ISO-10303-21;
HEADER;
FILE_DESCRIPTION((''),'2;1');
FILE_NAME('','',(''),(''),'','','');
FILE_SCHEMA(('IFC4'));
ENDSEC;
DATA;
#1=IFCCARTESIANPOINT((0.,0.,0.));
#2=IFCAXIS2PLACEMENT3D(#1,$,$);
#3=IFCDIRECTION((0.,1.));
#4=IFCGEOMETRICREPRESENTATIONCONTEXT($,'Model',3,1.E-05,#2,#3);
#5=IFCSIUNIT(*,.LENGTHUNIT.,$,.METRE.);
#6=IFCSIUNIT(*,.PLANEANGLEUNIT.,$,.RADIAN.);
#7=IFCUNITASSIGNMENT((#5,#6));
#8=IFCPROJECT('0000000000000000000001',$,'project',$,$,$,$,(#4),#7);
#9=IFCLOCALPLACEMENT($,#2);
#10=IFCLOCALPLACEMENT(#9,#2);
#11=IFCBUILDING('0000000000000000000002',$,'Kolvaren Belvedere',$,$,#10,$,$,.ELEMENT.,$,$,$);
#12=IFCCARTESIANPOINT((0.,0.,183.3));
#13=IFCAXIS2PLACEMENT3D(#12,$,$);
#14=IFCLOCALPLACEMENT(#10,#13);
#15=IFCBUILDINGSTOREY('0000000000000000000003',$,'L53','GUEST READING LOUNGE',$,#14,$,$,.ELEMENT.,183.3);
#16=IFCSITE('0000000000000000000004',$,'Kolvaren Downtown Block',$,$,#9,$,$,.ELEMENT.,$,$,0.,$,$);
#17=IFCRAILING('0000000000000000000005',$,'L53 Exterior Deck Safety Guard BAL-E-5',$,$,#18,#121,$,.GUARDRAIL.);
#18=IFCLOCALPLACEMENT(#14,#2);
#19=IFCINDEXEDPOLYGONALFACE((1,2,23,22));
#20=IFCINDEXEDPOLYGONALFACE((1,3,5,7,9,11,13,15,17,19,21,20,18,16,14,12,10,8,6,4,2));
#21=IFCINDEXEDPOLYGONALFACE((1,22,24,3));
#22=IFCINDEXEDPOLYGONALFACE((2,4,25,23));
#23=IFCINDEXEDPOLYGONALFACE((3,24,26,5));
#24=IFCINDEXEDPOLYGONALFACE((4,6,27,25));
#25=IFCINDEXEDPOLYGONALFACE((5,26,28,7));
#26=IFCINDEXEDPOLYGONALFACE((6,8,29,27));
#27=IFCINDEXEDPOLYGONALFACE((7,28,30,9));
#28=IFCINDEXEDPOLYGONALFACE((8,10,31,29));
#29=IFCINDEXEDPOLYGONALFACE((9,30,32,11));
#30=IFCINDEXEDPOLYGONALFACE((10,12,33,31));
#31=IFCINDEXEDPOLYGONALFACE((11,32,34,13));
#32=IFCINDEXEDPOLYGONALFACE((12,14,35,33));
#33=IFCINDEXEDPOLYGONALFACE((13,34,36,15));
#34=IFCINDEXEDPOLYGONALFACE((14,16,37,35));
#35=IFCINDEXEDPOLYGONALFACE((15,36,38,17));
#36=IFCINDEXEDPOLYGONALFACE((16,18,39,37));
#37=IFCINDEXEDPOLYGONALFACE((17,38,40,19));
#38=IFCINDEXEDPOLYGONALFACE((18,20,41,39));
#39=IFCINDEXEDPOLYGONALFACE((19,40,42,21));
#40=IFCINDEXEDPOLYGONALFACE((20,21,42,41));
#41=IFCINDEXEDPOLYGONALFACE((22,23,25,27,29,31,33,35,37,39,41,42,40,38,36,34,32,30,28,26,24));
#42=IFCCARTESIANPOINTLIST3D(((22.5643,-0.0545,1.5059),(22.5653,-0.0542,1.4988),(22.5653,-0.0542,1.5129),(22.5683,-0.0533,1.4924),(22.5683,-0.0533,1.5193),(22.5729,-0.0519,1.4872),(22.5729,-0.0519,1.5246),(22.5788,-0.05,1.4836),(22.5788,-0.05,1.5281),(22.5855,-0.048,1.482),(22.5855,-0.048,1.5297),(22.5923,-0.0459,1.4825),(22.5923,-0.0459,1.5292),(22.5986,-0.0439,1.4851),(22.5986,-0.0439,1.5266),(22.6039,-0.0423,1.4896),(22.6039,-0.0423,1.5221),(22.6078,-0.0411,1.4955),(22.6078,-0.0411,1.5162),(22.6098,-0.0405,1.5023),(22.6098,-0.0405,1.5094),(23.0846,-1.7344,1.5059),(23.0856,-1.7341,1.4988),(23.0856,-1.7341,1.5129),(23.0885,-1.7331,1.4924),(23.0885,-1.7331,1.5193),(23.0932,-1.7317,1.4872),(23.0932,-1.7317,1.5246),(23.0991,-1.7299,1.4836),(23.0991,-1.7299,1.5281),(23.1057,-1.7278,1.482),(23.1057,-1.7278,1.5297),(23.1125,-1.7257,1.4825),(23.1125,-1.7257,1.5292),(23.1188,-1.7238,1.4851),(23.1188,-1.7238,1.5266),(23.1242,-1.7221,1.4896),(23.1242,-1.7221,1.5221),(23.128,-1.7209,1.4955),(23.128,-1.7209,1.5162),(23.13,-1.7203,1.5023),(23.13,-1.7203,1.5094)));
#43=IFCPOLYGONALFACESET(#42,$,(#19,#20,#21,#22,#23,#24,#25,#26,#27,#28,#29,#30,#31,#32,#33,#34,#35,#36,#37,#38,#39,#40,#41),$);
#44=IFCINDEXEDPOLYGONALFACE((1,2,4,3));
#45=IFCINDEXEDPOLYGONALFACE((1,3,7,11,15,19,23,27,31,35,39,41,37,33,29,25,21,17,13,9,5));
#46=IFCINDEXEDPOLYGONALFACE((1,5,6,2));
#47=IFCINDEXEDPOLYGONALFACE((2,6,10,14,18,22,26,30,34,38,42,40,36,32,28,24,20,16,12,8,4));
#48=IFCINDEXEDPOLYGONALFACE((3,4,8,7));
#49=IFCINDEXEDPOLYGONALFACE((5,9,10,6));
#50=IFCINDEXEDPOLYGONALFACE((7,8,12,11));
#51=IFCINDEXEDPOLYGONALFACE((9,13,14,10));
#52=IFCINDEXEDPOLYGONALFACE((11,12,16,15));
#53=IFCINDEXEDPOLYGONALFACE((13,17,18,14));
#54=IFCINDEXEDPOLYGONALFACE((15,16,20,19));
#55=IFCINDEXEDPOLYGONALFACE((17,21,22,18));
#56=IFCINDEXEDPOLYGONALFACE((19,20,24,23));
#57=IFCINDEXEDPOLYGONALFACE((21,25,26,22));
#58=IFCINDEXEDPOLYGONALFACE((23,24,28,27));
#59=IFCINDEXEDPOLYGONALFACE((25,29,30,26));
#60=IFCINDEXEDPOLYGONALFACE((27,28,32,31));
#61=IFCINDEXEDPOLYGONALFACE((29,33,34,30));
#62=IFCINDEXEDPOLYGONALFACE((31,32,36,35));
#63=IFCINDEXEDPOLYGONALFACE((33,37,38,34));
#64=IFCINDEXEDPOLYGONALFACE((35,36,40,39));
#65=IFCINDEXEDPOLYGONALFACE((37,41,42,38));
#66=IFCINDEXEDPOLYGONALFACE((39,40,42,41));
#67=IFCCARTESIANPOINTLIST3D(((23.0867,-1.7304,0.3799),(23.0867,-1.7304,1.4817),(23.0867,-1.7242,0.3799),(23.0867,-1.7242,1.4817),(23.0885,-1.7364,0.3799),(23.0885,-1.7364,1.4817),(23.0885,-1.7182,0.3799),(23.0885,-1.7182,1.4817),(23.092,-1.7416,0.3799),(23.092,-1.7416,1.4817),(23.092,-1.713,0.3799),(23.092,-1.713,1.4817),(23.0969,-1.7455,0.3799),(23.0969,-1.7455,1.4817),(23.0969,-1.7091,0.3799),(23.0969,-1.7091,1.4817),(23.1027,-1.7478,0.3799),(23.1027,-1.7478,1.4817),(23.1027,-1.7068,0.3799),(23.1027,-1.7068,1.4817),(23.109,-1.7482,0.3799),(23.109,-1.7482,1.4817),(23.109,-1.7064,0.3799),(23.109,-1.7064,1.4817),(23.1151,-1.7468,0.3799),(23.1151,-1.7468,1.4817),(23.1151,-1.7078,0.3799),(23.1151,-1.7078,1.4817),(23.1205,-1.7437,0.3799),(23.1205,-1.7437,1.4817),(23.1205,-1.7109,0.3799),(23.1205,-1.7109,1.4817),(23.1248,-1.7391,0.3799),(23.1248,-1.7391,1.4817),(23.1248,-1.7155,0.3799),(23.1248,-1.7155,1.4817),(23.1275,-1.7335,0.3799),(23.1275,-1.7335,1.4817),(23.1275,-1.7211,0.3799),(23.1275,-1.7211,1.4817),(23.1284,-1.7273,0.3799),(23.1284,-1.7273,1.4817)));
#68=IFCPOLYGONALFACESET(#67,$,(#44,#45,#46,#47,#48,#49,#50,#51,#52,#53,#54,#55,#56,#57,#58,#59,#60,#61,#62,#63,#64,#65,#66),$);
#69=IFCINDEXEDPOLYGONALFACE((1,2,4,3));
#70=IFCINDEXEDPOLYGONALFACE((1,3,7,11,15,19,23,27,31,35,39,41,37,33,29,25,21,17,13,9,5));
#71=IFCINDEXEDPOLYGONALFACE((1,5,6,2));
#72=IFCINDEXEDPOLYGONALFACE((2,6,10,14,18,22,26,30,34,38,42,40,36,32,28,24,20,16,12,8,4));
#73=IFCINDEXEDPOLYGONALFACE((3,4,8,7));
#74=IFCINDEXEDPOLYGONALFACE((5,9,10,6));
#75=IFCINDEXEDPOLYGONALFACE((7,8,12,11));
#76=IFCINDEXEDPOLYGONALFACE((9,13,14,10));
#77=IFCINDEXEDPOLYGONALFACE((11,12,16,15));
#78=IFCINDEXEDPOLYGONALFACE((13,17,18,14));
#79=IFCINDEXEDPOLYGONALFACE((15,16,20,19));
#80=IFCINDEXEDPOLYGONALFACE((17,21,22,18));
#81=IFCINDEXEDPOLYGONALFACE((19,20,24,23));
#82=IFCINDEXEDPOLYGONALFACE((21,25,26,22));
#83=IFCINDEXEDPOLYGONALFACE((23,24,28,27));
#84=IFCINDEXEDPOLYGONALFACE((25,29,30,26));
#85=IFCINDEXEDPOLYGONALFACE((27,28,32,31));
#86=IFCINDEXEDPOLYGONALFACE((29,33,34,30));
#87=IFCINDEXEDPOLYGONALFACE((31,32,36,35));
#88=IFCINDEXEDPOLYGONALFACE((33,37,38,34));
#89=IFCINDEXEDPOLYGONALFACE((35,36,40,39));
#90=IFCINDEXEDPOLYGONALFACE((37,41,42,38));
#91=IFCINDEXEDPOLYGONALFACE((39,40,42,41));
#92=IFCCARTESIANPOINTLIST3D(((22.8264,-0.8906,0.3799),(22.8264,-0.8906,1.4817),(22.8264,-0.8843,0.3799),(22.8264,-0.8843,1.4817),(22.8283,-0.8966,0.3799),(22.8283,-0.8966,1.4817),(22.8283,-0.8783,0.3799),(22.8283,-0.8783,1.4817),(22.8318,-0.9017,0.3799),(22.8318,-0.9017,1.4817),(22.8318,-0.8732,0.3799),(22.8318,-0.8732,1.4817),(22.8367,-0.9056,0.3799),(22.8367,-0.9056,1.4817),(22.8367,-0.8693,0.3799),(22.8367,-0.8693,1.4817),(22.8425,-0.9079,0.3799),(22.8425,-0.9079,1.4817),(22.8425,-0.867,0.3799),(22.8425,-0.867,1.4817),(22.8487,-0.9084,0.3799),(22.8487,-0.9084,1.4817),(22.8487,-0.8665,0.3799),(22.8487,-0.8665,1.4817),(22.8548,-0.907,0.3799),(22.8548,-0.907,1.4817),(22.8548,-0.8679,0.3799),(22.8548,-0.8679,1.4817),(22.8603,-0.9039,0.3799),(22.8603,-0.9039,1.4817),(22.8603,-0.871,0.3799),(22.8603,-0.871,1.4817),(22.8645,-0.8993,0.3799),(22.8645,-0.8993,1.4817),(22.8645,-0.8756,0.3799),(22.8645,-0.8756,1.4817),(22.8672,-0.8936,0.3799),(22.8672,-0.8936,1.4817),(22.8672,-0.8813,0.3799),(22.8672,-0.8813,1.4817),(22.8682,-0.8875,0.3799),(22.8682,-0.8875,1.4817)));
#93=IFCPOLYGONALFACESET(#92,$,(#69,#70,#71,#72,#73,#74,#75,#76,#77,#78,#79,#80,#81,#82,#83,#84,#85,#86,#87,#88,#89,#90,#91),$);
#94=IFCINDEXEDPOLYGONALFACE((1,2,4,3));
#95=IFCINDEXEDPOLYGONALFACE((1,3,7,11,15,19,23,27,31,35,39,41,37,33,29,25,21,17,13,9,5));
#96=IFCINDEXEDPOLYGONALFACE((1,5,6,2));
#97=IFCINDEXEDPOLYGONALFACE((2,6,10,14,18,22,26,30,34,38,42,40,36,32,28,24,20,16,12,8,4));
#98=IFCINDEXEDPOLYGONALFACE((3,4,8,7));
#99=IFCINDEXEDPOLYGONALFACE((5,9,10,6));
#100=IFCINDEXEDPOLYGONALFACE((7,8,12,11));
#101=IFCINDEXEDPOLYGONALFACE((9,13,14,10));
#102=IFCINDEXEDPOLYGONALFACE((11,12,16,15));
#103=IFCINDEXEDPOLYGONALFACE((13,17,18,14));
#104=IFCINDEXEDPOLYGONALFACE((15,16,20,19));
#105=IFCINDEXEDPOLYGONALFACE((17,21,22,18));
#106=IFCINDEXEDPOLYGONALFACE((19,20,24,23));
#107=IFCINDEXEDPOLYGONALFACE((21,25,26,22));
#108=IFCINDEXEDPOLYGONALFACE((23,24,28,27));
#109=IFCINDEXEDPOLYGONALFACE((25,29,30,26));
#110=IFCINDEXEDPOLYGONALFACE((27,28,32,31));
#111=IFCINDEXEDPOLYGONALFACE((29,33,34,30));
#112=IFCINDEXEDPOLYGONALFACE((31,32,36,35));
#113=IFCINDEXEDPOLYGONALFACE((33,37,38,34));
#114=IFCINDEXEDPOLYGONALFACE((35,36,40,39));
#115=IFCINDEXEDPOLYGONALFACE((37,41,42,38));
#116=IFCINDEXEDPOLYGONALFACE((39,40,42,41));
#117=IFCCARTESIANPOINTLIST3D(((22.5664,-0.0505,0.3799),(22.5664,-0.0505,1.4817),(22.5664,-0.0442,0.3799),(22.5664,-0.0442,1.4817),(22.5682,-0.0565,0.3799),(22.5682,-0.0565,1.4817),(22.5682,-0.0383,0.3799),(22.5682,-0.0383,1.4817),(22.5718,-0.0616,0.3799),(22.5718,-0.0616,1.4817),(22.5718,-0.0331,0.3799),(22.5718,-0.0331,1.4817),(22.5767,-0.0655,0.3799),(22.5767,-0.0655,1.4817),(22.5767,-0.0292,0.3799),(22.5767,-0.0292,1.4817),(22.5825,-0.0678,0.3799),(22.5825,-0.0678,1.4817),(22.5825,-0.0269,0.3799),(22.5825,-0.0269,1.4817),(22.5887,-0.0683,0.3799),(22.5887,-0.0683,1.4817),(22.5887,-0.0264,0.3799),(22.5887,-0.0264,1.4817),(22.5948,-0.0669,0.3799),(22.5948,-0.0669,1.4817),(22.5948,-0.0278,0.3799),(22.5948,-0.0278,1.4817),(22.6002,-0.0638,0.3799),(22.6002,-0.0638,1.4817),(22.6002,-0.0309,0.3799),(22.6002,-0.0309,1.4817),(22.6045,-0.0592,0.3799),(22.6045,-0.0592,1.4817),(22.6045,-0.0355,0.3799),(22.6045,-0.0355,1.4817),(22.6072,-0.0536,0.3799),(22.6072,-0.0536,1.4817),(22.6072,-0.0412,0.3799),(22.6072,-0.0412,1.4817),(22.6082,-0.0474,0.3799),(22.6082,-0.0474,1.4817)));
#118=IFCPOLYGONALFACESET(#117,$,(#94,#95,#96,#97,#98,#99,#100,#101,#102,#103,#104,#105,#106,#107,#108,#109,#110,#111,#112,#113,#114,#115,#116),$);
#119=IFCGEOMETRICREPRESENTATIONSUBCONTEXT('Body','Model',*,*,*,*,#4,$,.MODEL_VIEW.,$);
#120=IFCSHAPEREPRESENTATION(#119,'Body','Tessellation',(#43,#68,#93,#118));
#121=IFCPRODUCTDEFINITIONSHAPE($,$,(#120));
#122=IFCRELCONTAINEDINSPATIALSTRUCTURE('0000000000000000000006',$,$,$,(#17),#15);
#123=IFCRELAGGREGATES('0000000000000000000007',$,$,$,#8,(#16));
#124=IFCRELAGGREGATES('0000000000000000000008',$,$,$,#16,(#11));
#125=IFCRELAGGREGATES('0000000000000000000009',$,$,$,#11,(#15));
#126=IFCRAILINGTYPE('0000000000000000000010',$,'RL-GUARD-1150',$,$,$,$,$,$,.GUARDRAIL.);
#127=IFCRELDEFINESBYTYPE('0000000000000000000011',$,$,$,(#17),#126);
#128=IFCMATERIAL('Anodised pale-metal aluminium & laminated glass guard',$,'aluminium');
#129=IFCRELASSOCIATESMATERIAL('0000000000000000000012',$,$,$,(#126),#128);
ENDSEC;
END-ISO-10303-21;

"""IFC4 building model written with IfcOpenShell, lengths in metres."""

from ifc_helpers import new_model, si_unit, direction, frame, origin, origin_2d, place, context, subcontext, project, spatial, circle, extrude, material, type_object, element, save


model = new_model("IFC4")

# Units and contexts
model_context = context("Model", 3, precision=1e-05, world=origin(), true_north=direction((0.0, 1.0)))
body_context = subcontext(model_context, "Body", "Model", "MODEL_VIEW")
ifc_project = project(units=[si_unit("LENGTHUNIT", "METRE"), si_unit("PLANEANGLEUNIT", "RADIAN")], contexts=[model_context])

# Site, building, storey
site_placement = place(None, origin())
site = spatial("IfcSite", under=ifc_project, at=site_placement, Name="Kolvaren Downtown Block", CompositionType="ELEMENT", RefElevation=0.0)
building_placement = place(site_placement, origin())
building = spatial("IfcBuilding", under=site, at=building_placement, Name="Kolvaren Belvedere", CompositionType="ELEMENT")
storey_placement = place(building_placement, frame((0.0, 0.0, 183.3)))
storey = spatial("IfcBuildingStorey", under=building, at=storey_placement, Name="L53", Description="GUEST READING LOUNGE", CompositionType="ELEMENT", Elevation=183.3)

# Railing
ifc_material_1 = material(Name="Anodised pale-metal aluminium & laminated glass guard", Category="aluminium")
railing_type = type_object("IfcRailingType", Name="RL-GUARD-1150", PredefinedType="GUARDRAIL", material=ifc_material_1)
railing_1_placement = place(storey_placement, frame((23.1074, -1.7273, 0.3799)))
element("IfcRailing", 1, at=railing_1_placement, inside=storey, type_object=railing_type, Name="L53 Exterior Deck Safety Guard BAL-E-5", PredefinedType="GUARDRAIL", context=body_context, shape_type="SweptSolid", body=[
    extrude(circle(Radius=0.0239, at=origin_2d()), frame((0.0, 0.0, 1.126), z_axis=(-0.295832, 0.95524, 0.0), x_axis=(-0.95524, -0.295832, 0.0)), (0.0, 0.0, 1.0), 1.7585),
    extrude(circle(Radius=0.021, at=origin_2d()), origin(), (0.0, 0.0, 1.0), 1.1018),
    extrude(circle(Radius=0.021, at=origin_2d()), frame((-0.2603, 0.8398, 0.0)), (0.0, 0.0, 1.0), 1.1018),
    extrude(circle(Radius=0.021, at=origin_2d()), frame((-0.5203, 1.6799, 0.0)), (0.0, 0.0, 1.0), 1.1018),
])

save(model, "model.ifc")
